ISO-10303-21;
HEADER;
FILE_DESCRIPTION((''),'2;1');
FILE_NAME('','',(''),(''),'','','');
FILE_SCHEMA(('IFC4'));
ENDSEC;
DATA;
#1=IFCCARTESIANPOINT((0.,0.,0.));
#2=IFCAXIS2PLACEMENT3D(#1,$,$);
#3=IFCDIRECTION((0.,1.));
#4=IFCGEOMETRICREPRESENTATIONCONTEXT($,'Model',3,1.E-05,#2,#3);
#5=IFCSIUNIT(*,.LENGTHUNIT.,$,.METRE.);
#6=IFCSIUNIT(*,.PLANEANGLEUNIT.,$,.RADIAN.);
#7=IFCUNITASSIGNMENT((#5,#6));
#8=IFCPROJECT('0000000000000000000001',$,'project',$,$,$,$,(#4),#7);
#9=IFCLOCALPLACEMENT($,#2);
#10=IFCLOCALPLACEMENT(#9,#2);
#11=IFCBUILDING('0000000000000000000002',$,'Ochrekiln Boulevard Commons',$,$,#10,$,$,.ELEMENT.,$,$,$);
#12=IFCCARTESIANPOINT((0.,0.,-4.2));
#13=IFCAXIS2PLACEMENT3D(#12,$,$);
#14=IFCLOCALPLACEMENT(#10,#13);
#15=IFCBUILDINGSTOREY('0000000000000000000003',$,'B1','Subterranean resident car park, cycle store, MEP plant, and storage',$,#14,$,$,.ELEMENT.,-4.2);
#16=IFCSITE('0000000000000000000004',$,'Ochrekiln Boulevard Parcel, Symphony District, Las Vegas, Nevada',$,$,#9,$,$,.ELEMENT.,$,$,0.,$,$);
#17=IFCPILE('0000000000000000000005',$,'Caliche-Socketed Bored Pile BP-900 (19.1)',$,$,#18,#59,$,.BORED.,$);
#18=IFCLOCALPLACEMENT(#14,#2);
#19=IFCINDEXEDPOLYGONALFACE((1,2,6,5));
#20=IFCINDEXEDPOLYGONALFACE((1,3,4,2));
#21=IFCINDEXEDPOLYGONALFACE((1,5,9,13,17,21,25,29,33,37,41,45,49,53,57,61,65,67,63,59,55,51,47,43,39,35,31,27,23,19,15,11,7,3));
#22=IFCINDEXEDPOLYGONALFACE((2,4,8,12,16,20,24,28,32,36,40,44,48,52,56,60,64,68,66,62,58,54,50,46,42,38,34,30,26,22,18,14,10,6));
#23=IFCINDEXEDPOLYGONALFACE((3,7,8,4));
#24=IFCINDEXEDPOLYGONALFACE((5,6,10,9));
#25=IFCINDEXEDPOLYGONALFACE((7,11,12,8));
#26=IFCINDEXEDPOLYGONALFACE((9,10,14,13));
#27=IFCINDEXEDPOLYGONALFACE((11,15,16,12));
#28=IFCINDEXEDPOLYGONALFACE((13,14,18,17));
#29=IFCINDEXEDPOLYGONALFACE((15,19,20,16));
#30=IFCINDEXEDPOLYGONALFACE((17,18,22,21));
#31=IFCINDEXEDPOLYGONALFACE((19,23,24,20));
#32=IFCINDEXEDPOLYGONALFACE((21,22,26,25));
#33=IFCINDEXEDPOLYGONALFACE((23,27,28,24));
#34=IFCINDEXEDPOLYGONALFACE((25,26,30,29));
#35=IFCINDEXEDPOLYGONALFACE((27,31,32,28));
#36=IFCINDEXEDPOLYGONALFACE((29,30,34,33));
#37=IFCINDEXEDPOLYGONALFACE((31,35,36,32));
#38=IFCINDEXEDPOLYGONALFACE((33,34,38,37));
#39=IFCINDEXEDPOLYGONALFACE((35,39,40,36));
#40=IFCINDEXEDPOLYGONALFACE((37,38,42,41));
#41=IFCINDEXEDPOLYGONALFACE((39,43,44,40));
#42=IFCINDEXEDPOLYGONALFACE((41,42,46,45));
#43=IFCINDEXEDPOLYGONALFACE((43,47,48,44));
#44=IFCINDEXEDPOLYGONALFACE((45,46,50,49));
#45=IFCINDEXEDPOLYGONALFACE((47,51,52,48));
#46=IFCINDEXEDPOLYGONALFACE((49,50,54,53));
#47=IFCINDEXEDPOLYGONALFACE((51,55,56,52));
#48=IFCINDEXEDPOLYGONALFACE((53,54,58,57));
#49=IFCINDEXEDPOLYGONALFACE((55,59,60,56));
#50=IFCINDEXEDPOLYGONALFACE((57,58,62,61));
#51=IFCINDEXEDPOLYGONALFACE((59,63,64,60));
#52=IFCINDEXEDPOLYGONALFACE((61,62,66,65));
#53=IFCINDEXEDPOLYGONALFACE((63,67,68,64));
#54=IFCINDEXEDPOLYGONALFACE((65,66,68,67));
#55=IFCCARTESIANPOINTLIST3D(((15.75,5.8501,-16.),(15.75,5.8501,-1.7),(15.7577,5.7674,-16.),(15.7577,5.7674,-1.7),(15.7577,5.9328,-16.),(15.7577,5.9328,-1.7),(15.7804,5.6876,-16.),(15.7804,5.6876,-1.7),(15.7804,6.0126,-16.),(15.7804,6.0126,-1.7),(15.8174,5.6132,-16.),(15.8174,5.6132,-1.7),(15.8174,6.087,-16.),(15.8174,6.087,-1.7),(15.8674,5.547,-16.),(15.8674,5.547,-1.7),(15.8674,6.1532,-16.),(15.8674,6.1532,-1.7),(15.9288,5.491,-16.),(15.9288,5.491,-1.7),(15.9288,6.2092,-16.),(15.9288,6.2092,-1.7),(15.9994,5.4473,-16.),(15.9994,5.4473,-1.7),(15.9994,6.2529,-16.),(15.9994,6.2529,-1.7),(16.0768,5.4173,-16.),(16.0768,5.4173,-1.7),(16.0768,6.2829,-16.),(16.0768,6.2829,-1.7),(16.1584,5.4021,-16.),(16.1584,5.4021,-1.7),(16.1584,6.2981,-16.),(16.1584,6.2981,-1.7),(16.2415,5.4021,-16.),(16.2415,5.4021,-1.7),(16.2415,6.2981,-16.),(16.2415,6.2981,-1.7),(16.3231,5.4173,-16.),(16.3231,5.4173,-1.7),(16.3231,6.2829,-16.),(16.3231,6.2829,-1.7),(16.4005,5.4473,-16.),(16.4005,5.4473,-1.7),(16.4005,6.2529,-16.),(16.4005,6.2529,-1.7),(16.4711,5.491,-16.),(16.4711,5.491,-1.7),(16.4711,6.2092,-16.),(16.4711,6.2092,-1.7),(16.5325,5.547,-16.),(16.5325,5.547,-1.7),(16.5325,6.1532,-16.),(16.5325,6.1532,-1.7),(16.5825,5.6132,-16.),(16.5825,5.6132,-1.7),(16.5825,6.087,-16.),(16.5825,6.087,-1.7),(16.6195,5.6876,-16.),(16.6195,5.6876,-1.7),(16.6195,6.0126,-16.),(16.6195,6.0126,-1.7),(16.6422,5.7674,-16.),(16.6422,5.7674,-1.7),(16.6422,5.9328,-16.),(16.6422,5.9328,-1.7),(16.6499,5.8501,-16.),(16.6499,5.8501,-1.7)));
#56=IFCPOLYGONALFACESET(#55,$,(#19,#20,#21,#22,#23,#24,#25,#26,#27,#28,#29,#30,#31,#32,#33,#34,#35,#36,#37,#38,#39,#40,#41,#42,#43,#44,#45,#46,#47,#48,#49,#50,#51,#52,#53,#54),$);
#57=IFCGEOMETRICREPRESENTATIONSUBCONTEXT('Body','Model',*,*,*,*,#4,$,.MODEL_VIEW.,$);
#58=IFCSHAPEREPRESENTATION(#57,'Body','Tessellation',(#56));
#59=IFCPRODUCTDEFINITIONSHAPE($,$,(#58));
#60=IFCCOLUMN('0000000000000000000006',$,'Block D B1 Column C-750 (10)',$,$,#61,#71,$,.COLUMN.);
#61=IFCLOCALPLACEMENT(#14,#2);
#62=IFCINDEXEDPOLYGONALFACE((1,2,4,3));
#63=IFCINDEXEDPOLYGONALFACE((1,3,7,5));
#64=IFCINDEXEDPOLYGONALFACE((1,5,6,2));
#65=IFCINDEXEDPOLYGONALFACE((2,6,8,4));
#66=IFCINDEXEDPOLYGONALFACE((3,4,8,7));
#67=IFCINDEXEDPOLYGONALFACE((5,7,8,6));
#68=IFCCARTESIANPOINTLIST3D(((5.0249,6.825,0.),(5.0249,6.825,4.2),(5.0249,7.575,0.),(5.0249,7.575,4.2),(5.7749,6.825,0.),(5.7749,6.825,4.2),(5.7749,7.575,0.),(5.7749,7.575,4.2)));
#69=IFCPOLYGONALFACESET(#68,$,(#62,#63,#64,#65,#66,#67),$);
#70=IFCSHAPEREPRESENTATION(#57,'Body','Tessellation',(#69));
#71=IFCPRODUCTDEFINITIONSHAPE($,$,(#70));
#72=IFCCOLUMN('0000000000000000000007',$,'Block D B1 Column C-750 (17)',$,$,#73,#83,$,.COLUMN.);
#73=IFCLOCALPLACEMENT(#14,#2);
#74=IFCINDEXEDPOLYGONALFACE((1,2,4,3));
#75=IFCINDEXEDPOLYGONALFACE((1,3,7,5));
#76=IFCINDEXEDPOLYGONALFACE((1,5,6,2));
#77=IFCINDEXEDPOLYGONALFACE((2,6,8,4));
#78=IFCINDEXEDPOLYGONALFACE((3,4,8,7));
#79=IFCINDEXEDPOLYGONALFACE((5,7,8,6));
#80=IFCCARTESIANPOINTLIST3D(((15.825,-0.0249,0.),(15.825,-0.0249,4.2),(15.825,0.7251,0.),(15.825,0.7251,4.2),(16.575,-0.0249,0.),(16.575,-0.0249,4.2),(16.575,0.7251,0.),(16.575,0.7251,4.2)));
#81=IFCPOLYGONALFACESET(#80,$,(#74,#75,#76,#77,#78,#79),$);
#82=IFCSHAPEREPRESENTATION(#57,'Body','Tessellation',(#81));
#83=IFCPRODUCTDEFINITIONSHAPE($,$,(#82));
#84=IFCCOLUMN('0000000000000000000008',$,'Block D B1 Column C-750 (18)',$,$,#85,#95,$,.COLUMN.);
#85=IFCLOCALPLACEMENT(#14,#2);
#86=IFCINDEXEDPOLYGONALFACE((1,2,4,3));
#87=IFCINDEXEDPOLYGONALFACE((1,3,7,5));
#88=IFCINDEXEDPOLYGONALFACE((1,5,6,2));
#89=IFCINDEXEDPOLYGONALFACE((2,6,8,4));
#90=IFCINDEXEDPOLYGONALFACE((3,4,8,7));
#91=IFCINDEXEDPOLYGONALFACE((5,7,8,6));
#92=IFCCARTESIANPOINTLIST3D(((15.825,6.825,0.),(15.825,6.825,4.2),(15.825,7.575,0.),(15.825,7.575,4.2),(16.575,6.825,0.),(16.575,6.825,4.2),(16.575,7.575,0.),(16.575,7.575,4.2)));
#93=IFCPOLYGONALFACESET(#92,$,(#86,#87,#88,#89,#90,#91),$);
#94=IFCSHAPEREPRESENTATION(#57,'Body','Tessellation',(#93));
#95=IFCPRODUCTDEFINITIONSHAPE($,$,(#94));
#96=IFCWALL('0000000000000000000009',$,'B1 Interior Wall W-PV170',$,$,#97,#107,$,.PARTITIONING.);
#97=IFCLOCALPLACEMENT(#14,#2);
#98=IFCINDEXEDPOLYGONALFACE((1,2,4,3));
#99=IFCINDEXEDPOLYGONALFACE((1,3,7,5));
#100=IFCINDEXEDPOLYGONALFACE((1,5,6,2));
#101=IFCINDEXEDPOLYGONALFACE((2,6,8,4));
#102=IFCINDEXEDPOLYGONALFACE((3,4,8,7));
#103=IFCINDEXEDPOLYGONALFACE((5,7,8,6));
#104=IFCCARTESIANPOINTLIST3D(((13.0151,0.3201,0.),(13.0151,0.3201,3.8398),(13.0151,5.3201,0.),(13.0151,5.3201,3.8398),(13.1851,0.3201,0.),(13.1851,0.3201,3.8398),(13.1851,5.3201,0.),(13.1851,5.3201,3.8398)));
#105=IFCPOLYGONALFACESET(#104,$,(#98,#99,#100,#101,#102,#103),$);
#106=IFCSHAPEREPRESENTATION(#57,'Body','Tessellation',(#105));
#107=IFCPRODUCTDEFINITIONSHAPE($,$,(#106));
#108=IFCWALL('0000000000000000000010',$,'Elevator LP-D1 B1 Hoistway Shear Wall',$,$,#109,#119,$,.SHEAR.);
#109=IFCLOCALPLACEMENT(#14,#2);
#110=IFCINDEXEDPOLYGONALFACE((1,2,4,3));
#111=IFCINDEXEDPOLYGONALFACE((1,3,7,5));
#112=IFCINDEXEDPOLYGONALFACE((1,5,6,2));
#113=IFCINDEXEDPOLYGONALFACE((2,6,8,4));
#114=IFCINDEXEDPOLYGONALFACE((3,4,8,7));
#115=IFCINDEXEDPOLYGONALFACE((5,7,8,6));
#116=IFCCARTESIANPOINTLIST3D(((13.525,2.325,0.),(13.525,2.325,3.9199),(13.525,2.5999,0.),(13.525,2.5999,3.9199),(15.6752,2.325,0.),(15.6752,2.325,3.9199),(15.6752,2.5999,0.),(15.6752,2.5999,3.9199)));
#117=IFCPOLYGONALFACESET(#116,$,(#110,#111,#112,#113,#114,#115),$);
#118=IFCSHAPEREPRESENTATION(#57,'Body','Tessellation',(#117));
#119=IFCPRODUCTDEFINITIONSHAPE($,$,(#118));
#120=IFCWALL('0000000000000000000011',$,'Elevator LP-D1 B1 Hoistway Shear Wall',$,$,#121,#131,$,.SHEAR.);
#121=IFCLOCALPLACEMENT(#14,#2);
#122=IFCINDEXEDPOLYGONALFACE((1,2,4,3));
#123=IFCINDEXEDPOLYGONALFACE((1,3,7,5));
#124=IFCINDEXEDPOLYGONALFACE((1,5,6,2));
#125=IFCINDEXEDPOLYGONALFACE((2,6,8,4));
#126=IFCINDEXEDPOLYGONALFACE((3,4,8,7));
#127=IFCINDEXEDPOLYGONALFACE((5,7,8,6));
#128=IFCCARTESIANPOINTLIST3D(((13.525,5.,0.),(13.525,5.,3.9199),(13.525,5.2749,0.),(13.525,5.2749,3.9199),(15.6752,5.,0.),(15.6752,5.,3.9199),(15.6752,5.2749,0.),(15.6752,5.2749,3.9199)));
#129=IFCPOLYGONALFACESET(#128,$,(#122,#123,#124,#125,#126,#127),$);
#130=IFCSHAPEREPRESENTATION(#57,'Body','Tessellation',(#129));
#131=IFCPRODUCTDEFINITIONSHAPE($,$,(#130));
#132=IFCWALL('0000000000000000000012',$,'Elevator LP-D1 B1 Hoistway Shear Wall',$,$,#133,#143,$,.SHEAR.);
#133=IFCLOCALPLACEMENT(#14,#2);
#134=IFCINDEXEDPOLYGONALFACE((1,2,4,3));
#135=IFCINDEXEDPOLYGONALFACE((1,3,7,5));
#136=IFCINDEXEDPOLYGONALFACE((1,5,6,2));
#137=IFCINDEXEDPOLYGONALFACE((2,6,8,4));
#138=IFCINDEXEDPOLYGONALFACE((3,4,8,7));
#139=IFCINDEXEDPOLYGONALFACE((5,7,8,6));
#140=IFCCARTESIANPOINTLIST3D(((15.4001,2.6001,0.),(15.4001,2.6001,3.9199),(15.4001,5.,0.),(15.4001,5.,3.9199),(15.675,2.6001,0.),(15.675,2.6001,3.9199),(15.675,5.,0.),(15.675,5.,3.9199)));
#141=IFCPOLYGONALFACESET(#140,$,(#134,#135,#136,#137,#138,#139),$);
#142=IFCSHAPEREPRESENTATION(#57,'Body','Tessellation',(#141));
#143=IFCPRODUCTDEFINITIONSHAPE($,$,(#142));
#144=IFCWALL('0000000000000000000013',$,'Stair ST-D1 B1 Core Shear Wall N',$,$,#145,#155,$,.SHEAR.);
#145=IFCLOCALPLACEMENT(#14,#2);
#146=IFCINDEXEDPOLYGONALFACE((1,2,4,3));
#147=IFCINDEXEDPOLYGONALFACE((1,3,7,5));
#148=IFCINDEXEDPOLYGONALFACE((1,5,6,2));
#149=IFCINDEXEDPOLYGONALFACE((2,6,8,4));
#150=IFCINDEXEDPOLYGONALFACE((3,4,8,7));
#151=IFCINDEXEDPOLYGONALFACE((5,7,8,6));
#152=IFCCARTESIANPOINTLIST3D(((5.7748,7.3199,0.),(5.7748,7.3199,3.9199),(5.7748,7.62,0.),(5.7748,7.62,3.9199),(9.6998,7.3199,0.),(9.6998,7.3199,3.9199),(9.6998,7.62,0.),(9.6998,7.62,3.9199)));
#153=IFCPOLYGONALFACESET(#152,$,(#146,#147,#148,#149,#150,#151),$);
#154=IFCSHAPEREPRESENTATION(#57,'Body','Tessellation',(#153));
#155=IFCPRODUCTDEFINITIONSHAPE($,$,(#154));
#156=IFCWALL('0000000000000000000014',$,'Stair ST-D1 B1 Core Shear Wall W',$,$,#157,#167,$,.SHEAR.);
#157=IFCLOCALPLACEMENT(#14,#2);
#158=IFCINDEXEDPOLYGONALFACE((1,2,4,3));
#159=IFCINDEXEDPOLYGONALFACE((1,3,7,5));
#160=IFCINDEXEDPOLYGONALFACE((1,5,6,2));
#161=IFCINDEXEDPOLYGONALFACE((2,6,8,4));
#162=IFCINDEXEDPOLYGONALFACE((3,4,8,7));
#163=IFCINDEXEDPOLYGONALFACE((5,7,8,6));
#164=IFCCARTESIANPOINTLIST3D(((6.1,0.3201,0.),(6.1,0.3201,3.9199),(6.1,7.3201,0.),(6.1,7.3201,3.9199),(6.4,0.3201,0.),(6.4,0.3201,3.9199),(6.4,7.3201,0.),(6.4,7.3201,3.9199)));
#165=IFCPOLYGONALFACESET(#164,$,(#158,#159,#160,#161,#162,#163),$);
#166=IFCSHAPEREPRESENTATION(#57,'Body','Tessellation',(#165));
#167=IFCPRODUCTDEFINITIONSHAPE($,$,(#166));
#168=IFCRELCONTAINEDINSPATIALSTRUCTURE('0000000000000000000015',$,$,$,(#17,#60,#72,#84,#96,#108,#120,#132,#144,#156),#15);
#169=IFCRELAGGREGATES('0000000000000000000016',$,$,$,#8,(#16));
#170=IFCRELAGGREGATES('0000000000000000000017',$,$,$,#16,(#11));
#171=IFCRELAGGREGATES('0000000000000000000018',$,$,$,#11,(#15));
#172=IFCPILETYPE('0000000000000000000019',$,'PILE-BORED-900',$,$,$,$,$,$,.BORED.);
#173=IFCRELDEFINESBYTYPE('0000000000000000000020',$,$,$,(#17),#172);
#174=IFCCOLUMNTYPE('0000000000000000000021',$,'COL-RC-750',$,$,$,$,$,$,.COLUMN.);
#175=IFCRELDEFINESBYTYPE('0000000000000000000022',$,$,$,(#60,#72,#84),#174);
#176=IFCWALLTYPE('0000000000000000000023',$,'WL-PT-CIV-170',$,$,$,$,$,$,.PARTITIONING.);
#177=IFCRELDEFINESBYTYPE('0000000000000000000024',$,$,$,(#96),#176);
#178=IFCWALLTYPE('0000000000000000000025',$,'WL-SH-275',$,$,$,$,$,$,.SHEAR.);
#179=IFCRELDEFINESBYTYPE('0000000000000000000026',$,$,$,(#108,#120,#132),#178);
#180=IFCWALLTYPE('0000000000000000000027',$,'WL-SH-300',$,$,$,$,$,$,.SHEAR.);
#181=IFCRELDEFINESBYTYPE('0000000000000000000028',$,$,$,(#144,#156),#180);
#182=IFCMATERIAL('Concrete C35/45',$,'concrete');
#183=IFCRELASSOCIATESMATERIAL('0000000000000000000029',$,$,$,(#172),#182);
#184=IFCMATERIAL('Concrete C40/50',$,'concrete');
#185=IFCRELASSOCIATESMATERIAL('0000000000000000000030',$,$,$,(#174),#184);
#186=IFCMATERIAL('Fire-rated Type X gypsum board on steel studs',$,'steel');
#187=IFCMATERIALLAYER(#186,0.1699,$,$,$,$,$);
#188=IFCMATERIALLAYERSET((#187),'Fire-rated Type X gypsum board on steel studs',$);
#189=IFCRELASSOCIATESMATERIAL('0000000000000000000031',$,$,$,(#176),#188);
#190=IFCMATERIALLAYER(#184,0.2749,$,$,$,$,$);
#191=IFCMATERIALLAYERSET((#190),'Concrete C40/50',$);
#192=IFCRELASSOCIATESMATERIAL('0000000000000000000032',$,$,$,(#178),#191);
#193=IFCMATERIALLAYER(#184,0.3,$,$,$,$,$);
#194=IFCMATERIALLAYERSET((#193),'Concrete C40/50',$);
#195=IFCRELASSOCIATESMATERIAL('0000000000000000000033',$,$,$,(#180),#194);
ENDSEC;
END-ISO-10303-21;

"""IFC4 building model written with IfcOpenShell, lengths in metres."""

from ifc_helpers import new_model, si_unit, direction, frame, frame_2d, origin, origin_2d, place, context, subcontext, project, spatial, rectangle, circle, extrude, material, layer, layer_set, material_profile, profile_set, type_object, element, save


model = new_model("IFC4")

# Units and contexts
model_context = context("Model", 3, precision=1e-05, world=origin(), true_north=direction((0.0, 1.0)))
body_context = subcontext(model_context, "Body", "Model", "MODEL_VIEW")
ifc_project = project(units=[si_unit("LENGTHUNIT", "METRE"), si_unit("PLANEANGLEUNIT", "RADIAN")], contexts=[model_context])

# Site, building, storey
site_placement = place(None, origin())
site = spatial("IfcSite", under=ifc_project, at=site_placement, Name="Ochrekiln Boulevard Parcel, Symphony District, Las Vegas, Nevada", CompositionType="ELEMENT", RefElevation=0.0)
building_placement = place(site_placement, origin())
building = spatial("IfcBuilding", under=site, at=building_placement, Name="Ochrekiln Boulevard Commons", CompositionType="ELEMENT")
storey_placement = place(building_placement, frame((0.0, 0.0, -4.2)))
storey = spatial("IfcBuildingStorey", under=building, at=storey_placement, Name="B1", Description="Subterranean resident car park, cycle store, MEP plant, and storage", CompositionType="ELEMENT", Elevation=-4.2)

# Pile
ifc_material_1 = material(Name="Concrete C35/45", Category="concrete")
ifc_material_profile_1 = material_profile(ifc_material_1, circle(Radius=0.45, at=origin_2d()), Name="PILE-D900")
ifc_profile_set_1 = profile_set([ifc_material_profile_1], Name="Concrete C35/45")
pile_type = type_object("IfcPileType", Name="PILE-BORED-900", PredefinedType="BORED", material=ifc_profile_set_1)
pile_placement = place(storey_placement, frame((16.2, 5.8501, -1.7), z_axis=(0.0, 0.0, -1.0), x_axis=(1.0, 0.0, 0.0)))
element("IfcPile", 1, at=pile_placement, inside=storey, type_object=pile_type, Name="Caliche-Socketed Bored Pile BP-900 (19.1)", PredefinedType="BORED", context=body_context, shape_type="SweptSolid", body=[
    extrude(circle(Radius=0.45, at=origin_2d()), origin(), (0.0, 0.0, 1.0), 14.3),
])

# Columns
ifc_material_2 = material(Name="Concrete C40/50", Category="concrete")
ifc_material_profile_2 = material_profile(ifc_material_2, rectangle(XDim=0.75, YDim=0.75, at=origin_2d()), Name="RC-COL-750x750")
ifc_profile_set_2 = profile_set([ifc_material_profile_2], Name="Concrete C40/50")
column_type = type_object("IfcColumnType", Name="COL-RC-750", PredefinedType="COLUMN", material=ifc_profile_set_2)
for number, where, z_axis, x_axis, name in (
    (2, (5.3999, 7.2, 0.0), (0.0, 0.0, 1.0), (1.0, 0.0, 0.0), "Block D B1 Column C-750 (10)"),
    (3, (16.2, 0.3501, 0.0), (0.0, 0.0, 1.0), (1.0, 0.0, 0.0), "Block D B1 Column C-750 (17)"),
    (4, (16.2, 7.2, 0.0), (0.0, 0.0, 1.0), (1.0, 0.0, 0.0), "Block D B1 Column C-750 (18)"),
):
    element("IfcColumn", number, at=place(storey_placement, frame(where, z_axis=z_axis, x_axis=x_axis)), inside=storey, type_object=column_type, Name=name, PredefinedType="COLUMN", context=body_context, shape_type="SweptSolid", body=[
        extrude(rectangle(XDim=0.75, YDim=0.75, at=origin_2d()), origin(), (0.0, 0.0, 1.0), 4.2),
    ])

# Shared definitions
ifc_material_3 = material(Name="Fire-rated Type X gypsum board on steel studs", Category="steel")
ifc_layer_1 = layer(ifc_material_3, 0.1699)
ifc_layer_set_1 = layer_set([ifc_layer_1], Name="Fire-rated Type X gypsum board on steel studs")
wall_type_1 = type_object("IfcWallType", Name="WL-PT-CIV-170", PredefinedType="PARTITIONING", material=ifc_layer_set_1)

# Walls
wall_1_placement = place(storey_placement, frame((13.1001, 0.3201, 0.0), z_axis=(0.0, 0.0, 1.0), x_axis=(0.0, 1.0, 0.0)))
element("IfcWall", 5, at=wall_1_placement, inside=storey, type_object=wall_type_1, Name="B1 Interior Wall W-PV170", PredefinedType="PARTITIONING", context=body_context, shape_type="SweptSolid", body=[
    extrude(rectangle(XDim=5.0, YDim=0.1699, at=frame_2d((2.5, 0.0))), origin(), (0.0, 0.0, 1.0), 3.8398),
])
ifc_layer_2 = layer(ifc_material_2, 0.2749)
ifc_layer_set_2 = layer_set([ifc_layer_2], Name="Concrete C40/50")
wall_type_2 = type_object("IfcWallType", Name="WL-SH-275", PredefinedType="SHEAR", material=ifc_layer_set_2)
for number, where, z_axis, x_axis, name in (
    (6, (13.5249, 2.4624, 0.0), (0.0, 0.0, 1.0), (1.0, 0.0, 0.0), "Elevator LP-D1 B1 Hoistway Shear Wall"),
    (7, (13.5249, 5.1375, 0.0), (0.0, 0.0, 1.0), (1.0, 0.0, 0.0), "Elevator LP-D1 B1 Hoistway Shear Wall"),
):
    element("IfcWall", number, at=place(storey_placement, frame(where, z_axis=z_axis, x_axis=x_axis)), inside=storey, type_object=wall_type_2, Name=name, PredefinedType="SHEAR", context=body_context, shape_type="SweptSolid", body=[
        extrude(rectangle(XDim=2.1501, YDim=0.2749, at=frame_2d((1.0752, 0.0))), origin(), (0.0, 0.0, 1.0), 3.9199),
    ])

# Walls
wall_2_placement = place(storey_placement, frame((15.5376, 2.6001, 0.0), z_axis=(0.0, 0.0, 1.0), x_axis=(0.0, 1.0, 0.0)))
element("IfcWall", 8, at=wall_2_placement, inside=storey, type_object=wall_type_2, Name="Elevator LP-D1 B1 Hoistway Shear Wall", PredefinedType="SHEAR", context=body_context, shape_type="SweptSolid", body=[
    extrude(rectangle(XDim=2.3999, YDim=0.2749, at=frame_2d((1.2, 0.0))), origin(), (0.0, 0.0, 1.0), 3.9199),
])
ifc_layer_3 = layer(ifc_material_2, 0.3)
ifc_layer_set_3 = layer_set([ifc_layer_3], Name="Concrete C40/50")
wall_type_3 = type_object("IfcWallType", Name="WL-SH-300", PredefinedType="SHEAR", material=ifc_layer_set_3)
wall_3_placement = place(storey_placement, frame((5.7749, 7.47, 0.0), z_axis=(0.0, 0.0, 1.0), x_axis=(1.0, 0.0, 0.0)))
element("IfcWall", 9, at=wall_3_placement, inside=storey, type_object=wall_type_3, Name="Stair ST-D1 B1 Core Shear Wall N", PredefinedType="SHEAR", context=body_context, shape_type="SweptSolid", body=[
    extrude(rectangle(XDim=3.925, YDim=0.3, at=frame_2d((1.9624, 0.0))), origin(), (0.0, 0.0, 1.0), 3.9199),
])
wall_4_placement = place(storey_placement, frame((6.25, 0.3201, 0.0), z_axis=(0.0, 0.0, 1.0), x_axis=(0.0, 1.0, 0.0)))
element("IfcWall", 10, at=wall_4_placement, inside=storey, type_object=wall_type_3, Name="Stair ST-D1 B1 Core Shear Wall W", PredefinedType="SHEAR", context=body_context, shape_type="SweptSolid", body=[
    extrude(rectangle(XDim=7.0, YDim=0.3, at=frame_2d((3.5, 0.0))), origin(), (0.0, 0.0, 1.0), 3.9199),
])

save(model, "model.ifc")
